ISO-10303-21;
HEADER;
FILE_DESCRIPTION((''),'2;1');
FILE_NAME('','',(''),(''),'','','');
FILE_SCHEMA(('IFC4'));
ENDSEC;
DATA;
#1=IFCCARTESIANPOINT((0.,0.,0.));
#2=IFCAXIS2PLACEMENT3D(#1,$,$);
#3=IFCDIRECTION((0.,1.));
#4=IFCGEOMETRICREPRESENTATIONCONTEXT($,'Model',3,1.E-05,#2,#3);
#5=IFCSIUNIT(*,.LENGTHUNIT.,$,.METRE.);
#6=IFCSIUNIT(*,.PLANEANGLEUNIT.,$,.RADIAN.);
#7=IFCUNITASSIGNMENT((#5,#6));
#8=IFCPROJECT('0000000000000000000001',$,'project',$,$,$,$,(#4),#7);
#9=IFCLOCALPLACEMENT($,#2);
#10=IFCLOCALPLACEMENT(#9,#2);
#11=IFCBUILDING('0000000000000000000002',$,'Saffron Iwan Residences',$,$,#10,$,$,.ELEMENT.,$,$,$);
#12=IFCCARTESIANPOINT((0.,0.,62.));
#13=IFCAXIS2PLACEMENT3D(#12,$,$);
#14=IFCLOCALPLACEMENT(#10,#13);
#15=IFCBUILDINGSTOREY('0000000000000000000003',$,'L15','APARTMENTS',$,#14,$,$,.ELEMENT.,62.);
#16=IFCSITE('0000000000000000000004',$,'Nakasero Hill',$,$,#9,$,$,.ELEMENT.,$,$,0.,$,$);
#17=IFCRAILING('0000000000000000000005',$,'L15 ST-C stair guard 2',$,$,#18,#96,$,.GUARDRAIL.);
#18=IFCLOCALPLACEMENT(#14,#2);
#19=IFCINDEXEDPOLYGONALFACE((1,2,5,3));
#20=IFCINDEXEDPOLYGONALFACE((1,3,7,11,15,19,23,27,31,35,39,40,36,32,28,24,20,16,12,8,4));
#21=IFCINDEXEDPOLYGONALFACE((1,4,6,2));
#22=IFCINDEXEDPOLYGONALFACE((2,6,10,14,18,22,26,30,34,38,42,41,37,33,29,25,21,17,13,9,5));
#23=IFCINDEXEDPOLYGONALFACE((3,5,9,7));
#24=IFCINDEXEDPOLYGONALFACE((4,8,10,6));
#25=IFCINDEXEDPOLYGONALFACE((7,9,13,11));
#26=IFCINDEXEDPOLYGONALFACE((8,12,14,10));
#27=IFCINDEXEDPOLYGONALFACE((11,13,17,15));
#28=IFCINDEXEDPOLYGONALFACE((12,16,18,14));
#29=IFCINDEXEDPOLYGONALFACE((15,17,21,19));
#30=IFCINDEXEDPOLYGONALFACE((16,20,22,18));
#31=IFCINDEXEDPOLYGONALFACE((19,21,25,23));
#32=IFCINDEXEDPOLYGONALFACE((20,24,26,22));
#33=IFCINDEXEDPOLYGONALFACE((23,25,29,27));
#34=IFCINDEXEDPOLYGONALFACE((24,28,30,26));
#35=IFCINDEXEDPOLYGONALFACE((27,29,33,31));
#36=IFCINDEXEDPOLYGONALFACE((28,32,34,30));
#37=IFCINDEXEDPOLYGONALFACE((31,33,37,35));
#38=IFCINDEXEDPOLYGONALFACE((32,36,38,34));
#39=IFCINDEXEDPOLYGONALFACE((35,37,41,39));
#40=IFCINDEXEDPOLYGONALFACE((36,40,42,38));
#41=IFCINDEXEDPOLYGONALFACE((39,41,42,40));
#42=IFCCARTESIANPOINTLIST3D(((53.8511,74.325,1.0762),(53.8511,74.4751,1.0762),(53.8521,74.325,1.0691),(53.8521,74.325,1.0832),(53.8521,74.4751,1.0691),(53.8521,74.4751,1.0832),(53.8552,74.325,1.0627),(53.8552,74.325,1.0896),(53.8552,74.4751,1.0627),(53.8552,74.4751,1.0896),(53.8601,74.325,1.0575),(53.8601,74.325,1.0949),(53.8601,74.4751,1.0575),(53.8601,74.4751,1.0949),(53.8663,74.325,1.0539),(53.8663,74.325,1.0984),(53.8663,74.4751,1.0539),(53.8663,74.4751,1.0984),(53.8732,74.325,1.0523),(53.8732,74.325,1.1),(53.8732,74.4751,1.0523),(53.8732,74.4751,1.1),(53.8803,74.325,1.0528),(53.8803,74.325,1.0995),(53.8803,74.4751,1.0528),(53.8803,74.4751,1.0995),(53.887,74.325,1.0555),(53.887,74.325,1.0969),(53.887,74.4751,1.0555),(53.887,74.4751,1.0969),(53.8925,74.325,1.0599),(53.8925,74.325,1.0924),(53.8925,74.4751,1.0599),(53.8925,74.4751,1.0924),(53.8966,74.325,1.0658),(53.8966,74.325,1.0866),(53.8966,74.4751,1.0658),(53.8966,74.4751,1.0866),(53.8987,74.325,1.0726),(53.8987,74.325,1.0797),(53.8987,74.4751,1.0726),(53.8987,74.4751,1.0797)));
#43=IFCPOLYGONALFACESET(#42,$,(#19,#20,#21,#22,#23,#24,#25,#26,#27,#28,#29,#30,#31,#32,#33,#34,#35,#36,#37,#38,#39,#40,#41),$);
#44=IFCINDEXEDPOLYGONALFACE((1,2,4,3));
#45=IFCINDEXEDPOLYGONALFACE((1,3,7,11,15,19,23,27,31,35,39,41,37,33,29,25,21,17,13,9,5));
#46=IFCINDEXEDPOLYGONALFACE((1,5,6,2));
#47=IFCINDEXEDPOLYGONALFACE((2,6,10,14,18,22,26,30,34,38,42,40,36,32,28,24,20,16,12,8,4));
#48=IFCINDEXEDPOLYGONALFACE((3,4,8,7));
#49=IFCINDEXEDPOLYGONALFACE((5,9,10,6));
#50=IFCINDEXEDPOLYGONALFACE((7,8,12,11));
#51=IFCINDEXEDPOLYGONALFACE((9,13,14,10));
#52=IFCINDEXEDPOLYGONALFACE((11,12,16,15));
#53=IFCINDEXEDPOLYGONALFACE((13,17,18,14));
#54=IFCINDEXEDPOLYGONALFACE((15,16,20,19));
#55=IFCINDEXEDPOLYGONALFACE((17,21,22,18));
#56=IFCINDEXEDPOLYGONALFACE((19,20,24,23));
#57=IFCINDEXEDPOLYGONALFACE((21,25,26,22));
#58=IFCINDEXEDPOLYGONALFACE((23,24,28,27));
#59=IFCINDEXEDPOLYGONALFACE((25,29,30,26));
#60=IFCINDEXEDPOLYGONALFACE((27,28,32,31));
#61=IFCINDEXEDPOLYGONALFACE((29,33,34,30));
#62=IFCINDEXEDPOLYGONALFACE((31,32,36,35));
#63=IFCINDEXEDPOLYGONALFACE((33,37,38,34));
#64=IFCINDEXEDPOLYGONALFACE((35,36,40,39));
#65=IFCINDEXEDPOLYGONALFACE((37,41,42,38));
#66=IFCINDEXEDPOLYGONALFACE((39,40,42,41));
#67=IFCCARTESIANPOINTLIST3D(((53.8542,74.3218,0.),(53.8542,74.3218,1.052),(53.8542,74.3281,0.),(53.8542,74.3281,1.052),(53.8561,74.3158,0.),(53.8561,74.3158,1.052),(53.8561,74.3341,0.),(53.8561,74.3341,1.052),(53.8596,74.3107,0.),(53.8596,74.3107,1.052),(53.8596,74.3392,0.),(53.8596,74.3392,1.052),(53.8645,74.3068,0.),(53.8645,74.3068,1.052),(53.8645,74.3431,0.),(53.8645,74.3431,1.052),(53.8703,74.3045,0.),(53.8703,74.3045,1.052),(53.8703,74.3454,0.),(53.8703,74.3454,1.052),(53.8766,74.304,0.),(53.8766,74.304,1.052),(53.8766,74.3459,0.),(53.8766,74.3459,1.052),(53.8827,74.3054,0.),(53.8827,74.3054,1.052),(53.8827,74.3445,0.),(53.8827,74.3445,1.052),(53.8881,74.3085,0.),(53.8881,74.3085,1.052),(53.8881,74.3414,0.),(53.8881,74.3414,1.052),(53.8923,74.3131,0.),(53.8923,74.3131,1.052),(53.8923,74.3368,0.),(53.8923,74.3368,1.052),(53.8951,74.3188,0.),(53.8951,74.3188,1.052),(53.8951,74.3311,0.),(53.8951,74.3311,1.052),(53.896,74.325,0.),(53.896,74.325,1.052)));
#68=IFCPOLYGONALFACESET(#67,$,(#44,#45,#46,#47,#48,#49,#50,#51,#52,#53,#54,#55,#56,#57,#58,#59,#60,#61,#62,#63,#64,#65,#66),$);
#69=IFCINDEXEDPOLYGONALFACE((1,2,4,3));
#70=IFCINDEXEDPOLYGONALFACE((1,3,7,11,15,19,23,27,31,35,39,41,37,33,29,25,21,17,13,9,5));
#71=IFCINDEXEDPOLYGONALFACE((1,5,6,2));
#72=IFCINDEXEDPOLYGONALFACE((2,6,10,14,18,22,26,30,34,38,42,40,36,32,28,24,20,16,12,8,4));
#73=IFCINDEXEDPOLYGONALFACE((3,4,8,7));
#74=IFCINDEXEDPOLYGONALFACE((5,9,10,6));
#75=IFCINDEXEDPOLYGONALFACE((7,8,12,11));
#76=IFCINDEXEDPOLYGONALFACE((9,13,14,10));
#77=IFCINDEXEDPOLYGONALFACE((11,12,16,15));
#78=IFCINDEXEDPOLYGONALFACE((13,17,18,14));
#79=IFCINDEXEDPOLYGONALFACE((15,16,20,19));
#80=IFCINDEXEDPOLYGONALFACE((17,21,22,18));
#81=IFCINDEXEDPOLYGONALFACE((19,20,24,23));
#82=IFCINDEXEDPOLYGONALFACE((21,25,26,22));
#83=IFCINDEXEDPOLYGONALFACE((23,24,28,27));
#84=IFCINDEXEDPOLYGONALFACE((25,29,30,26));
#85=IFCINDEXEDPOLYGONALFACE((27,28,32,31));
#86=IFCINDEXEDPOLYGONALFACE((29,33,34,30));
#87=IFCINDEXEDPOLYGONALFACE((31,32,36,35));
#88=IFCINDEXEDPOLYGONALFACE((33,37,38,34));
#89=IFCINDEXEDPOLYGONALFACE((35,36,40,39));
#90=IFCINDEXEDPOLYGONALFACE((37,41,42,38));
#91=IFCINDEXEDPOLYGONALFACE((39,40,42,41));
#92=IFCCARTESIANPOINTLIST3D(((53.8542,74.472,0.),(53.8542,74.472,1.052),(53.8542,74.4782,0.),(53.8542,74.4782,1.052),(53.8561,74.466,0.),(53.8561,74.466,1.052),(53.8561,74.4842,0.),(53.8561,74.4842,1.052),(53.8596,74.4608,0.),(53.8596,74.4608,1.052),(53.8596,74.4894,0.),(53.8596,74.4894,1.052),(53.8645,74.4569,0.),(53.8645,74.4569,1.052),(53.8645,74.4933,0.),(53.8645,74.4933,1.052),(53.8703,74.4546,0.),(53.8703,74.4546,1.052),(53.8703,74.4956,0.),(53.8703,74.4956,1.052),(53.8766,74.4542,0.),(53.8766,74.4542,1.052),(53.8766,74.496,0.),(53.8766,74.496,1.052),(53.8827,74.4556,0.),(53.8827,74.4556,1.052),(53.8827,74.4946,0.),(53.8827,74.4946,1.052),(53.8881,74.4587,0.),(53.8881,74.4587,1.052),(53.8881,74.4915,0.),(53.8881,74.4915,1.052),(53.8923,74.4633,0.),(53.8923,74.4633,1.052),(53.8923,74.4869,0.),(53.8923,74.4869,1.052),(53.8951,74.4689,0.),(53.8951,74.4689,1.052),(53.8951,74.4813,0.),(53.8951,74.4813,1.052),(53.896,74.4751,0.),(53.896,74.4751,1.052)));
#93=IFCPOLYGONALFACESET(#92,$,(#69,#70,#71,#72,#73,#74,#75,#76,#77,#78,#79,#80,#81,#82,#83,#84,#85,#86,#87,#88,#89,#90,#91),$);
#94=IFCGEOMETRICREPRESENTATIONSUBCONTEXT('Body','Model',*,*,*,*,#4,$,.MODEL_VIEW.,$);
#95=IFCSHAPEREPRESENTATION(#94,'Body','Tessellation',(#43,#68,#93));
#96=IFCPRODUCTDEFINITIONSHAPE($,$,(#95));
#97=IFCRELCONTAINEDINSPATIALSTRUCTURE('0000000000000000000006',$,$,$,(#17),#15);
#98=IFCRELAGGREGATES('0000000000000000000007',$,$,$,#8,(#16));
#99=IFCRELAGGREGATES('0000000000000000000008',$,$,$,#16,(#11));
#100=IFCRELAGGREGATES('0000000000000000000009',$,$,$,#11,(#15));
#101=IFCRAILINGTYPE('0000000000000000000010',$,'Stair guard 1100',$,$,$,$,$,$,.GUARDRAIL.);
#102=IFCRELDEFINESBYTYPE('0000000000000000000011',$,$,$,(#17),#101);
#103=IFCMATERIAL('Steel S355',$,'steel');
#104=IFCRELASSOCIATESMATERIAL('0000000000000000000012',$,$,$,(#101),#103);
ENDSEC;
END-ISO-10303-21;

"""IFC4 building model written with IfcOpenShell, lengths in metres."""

from ifc_helpers import new_model, si_unit, direction, frame, origin, origin_2d, place, context, subcontext, project, spatial, circle, extrude, material, type_object, element, save


model = new_model("IFC4")

# Units and contexts
model_context = context("Model", 3, precision=1e-05, world=origin(), true_north=direction((0.0, 1.0)))
body_context = subcontext(model_context, "Body", "Model", "MODEL_VIEW")
ifc_project = project(units=[si_unit("LENGTHUNIT", "METRE"), si_unit("PLANEANGLEUNIT", "RADIAN")], contexts=[model_context])

# Site, building, storey
site_placement = place(None, origin())
site = spatial("IfcSite", under=ifc_project, at=site_placement, Name="Nakasero Hill", CompositionType="ELEMENT", RefElevation=0.0)
building_placement = place(site_placement, origin())
building = spatial("IfcBuilding", under=site, at=building_placement, Name="Saffron Iwan Residences", CompositionType="ELEMENT")
storey_placement = place(building_placement, frame((0.0, 0.0, 62.0)))
storey = spatial("IfcBuildingStorey", under=building, at=storey_placement, Name="L15", Description="APARTMENTS", CompositionType="ELEMENT", Elevation=62.0)

# Railing
ifc_material_1 = material(Name="Steel S355", Category="steel")
railing_type_1 = type_object("IfcRailingType", Name="Stair guard 1100", PredefinedType="GUARDRAIL", material=ifc_material_1)
railing_1_placement = place(storey_placement, frame((53.875, 74.325, 0.0)))
element("IfcRailing", 1, at=railing_1_placement, inside=storey, type_object=railing_type_1, Name="L15 ST-C stair guard 2", PredefinedType="GUARDRAIL", context=body_context, shape_type="SweptSolid", body=[
    extrude(circle(Radius=0.0239, at=origin_2d()), frame((0.0, 0.0, 1.0762), z_axis=(0.0, 1.0, 0.0), x_axis=(-1.0, 0.0, 0.0)), (0.0, 0.0, 1.0), 0.1501),
    extrude(circle(Radius=0.021, at=origin_2d()), origin(), (0.0, 0.0, 1.0), 1.052),
    extrude(circle(Radius=0.021, at=origin_2d()), frame((0.0, 0.1501, 0.0)), (0.0, 0.0, 1.0), 1.052),
])

save(model, "model.ifc")
